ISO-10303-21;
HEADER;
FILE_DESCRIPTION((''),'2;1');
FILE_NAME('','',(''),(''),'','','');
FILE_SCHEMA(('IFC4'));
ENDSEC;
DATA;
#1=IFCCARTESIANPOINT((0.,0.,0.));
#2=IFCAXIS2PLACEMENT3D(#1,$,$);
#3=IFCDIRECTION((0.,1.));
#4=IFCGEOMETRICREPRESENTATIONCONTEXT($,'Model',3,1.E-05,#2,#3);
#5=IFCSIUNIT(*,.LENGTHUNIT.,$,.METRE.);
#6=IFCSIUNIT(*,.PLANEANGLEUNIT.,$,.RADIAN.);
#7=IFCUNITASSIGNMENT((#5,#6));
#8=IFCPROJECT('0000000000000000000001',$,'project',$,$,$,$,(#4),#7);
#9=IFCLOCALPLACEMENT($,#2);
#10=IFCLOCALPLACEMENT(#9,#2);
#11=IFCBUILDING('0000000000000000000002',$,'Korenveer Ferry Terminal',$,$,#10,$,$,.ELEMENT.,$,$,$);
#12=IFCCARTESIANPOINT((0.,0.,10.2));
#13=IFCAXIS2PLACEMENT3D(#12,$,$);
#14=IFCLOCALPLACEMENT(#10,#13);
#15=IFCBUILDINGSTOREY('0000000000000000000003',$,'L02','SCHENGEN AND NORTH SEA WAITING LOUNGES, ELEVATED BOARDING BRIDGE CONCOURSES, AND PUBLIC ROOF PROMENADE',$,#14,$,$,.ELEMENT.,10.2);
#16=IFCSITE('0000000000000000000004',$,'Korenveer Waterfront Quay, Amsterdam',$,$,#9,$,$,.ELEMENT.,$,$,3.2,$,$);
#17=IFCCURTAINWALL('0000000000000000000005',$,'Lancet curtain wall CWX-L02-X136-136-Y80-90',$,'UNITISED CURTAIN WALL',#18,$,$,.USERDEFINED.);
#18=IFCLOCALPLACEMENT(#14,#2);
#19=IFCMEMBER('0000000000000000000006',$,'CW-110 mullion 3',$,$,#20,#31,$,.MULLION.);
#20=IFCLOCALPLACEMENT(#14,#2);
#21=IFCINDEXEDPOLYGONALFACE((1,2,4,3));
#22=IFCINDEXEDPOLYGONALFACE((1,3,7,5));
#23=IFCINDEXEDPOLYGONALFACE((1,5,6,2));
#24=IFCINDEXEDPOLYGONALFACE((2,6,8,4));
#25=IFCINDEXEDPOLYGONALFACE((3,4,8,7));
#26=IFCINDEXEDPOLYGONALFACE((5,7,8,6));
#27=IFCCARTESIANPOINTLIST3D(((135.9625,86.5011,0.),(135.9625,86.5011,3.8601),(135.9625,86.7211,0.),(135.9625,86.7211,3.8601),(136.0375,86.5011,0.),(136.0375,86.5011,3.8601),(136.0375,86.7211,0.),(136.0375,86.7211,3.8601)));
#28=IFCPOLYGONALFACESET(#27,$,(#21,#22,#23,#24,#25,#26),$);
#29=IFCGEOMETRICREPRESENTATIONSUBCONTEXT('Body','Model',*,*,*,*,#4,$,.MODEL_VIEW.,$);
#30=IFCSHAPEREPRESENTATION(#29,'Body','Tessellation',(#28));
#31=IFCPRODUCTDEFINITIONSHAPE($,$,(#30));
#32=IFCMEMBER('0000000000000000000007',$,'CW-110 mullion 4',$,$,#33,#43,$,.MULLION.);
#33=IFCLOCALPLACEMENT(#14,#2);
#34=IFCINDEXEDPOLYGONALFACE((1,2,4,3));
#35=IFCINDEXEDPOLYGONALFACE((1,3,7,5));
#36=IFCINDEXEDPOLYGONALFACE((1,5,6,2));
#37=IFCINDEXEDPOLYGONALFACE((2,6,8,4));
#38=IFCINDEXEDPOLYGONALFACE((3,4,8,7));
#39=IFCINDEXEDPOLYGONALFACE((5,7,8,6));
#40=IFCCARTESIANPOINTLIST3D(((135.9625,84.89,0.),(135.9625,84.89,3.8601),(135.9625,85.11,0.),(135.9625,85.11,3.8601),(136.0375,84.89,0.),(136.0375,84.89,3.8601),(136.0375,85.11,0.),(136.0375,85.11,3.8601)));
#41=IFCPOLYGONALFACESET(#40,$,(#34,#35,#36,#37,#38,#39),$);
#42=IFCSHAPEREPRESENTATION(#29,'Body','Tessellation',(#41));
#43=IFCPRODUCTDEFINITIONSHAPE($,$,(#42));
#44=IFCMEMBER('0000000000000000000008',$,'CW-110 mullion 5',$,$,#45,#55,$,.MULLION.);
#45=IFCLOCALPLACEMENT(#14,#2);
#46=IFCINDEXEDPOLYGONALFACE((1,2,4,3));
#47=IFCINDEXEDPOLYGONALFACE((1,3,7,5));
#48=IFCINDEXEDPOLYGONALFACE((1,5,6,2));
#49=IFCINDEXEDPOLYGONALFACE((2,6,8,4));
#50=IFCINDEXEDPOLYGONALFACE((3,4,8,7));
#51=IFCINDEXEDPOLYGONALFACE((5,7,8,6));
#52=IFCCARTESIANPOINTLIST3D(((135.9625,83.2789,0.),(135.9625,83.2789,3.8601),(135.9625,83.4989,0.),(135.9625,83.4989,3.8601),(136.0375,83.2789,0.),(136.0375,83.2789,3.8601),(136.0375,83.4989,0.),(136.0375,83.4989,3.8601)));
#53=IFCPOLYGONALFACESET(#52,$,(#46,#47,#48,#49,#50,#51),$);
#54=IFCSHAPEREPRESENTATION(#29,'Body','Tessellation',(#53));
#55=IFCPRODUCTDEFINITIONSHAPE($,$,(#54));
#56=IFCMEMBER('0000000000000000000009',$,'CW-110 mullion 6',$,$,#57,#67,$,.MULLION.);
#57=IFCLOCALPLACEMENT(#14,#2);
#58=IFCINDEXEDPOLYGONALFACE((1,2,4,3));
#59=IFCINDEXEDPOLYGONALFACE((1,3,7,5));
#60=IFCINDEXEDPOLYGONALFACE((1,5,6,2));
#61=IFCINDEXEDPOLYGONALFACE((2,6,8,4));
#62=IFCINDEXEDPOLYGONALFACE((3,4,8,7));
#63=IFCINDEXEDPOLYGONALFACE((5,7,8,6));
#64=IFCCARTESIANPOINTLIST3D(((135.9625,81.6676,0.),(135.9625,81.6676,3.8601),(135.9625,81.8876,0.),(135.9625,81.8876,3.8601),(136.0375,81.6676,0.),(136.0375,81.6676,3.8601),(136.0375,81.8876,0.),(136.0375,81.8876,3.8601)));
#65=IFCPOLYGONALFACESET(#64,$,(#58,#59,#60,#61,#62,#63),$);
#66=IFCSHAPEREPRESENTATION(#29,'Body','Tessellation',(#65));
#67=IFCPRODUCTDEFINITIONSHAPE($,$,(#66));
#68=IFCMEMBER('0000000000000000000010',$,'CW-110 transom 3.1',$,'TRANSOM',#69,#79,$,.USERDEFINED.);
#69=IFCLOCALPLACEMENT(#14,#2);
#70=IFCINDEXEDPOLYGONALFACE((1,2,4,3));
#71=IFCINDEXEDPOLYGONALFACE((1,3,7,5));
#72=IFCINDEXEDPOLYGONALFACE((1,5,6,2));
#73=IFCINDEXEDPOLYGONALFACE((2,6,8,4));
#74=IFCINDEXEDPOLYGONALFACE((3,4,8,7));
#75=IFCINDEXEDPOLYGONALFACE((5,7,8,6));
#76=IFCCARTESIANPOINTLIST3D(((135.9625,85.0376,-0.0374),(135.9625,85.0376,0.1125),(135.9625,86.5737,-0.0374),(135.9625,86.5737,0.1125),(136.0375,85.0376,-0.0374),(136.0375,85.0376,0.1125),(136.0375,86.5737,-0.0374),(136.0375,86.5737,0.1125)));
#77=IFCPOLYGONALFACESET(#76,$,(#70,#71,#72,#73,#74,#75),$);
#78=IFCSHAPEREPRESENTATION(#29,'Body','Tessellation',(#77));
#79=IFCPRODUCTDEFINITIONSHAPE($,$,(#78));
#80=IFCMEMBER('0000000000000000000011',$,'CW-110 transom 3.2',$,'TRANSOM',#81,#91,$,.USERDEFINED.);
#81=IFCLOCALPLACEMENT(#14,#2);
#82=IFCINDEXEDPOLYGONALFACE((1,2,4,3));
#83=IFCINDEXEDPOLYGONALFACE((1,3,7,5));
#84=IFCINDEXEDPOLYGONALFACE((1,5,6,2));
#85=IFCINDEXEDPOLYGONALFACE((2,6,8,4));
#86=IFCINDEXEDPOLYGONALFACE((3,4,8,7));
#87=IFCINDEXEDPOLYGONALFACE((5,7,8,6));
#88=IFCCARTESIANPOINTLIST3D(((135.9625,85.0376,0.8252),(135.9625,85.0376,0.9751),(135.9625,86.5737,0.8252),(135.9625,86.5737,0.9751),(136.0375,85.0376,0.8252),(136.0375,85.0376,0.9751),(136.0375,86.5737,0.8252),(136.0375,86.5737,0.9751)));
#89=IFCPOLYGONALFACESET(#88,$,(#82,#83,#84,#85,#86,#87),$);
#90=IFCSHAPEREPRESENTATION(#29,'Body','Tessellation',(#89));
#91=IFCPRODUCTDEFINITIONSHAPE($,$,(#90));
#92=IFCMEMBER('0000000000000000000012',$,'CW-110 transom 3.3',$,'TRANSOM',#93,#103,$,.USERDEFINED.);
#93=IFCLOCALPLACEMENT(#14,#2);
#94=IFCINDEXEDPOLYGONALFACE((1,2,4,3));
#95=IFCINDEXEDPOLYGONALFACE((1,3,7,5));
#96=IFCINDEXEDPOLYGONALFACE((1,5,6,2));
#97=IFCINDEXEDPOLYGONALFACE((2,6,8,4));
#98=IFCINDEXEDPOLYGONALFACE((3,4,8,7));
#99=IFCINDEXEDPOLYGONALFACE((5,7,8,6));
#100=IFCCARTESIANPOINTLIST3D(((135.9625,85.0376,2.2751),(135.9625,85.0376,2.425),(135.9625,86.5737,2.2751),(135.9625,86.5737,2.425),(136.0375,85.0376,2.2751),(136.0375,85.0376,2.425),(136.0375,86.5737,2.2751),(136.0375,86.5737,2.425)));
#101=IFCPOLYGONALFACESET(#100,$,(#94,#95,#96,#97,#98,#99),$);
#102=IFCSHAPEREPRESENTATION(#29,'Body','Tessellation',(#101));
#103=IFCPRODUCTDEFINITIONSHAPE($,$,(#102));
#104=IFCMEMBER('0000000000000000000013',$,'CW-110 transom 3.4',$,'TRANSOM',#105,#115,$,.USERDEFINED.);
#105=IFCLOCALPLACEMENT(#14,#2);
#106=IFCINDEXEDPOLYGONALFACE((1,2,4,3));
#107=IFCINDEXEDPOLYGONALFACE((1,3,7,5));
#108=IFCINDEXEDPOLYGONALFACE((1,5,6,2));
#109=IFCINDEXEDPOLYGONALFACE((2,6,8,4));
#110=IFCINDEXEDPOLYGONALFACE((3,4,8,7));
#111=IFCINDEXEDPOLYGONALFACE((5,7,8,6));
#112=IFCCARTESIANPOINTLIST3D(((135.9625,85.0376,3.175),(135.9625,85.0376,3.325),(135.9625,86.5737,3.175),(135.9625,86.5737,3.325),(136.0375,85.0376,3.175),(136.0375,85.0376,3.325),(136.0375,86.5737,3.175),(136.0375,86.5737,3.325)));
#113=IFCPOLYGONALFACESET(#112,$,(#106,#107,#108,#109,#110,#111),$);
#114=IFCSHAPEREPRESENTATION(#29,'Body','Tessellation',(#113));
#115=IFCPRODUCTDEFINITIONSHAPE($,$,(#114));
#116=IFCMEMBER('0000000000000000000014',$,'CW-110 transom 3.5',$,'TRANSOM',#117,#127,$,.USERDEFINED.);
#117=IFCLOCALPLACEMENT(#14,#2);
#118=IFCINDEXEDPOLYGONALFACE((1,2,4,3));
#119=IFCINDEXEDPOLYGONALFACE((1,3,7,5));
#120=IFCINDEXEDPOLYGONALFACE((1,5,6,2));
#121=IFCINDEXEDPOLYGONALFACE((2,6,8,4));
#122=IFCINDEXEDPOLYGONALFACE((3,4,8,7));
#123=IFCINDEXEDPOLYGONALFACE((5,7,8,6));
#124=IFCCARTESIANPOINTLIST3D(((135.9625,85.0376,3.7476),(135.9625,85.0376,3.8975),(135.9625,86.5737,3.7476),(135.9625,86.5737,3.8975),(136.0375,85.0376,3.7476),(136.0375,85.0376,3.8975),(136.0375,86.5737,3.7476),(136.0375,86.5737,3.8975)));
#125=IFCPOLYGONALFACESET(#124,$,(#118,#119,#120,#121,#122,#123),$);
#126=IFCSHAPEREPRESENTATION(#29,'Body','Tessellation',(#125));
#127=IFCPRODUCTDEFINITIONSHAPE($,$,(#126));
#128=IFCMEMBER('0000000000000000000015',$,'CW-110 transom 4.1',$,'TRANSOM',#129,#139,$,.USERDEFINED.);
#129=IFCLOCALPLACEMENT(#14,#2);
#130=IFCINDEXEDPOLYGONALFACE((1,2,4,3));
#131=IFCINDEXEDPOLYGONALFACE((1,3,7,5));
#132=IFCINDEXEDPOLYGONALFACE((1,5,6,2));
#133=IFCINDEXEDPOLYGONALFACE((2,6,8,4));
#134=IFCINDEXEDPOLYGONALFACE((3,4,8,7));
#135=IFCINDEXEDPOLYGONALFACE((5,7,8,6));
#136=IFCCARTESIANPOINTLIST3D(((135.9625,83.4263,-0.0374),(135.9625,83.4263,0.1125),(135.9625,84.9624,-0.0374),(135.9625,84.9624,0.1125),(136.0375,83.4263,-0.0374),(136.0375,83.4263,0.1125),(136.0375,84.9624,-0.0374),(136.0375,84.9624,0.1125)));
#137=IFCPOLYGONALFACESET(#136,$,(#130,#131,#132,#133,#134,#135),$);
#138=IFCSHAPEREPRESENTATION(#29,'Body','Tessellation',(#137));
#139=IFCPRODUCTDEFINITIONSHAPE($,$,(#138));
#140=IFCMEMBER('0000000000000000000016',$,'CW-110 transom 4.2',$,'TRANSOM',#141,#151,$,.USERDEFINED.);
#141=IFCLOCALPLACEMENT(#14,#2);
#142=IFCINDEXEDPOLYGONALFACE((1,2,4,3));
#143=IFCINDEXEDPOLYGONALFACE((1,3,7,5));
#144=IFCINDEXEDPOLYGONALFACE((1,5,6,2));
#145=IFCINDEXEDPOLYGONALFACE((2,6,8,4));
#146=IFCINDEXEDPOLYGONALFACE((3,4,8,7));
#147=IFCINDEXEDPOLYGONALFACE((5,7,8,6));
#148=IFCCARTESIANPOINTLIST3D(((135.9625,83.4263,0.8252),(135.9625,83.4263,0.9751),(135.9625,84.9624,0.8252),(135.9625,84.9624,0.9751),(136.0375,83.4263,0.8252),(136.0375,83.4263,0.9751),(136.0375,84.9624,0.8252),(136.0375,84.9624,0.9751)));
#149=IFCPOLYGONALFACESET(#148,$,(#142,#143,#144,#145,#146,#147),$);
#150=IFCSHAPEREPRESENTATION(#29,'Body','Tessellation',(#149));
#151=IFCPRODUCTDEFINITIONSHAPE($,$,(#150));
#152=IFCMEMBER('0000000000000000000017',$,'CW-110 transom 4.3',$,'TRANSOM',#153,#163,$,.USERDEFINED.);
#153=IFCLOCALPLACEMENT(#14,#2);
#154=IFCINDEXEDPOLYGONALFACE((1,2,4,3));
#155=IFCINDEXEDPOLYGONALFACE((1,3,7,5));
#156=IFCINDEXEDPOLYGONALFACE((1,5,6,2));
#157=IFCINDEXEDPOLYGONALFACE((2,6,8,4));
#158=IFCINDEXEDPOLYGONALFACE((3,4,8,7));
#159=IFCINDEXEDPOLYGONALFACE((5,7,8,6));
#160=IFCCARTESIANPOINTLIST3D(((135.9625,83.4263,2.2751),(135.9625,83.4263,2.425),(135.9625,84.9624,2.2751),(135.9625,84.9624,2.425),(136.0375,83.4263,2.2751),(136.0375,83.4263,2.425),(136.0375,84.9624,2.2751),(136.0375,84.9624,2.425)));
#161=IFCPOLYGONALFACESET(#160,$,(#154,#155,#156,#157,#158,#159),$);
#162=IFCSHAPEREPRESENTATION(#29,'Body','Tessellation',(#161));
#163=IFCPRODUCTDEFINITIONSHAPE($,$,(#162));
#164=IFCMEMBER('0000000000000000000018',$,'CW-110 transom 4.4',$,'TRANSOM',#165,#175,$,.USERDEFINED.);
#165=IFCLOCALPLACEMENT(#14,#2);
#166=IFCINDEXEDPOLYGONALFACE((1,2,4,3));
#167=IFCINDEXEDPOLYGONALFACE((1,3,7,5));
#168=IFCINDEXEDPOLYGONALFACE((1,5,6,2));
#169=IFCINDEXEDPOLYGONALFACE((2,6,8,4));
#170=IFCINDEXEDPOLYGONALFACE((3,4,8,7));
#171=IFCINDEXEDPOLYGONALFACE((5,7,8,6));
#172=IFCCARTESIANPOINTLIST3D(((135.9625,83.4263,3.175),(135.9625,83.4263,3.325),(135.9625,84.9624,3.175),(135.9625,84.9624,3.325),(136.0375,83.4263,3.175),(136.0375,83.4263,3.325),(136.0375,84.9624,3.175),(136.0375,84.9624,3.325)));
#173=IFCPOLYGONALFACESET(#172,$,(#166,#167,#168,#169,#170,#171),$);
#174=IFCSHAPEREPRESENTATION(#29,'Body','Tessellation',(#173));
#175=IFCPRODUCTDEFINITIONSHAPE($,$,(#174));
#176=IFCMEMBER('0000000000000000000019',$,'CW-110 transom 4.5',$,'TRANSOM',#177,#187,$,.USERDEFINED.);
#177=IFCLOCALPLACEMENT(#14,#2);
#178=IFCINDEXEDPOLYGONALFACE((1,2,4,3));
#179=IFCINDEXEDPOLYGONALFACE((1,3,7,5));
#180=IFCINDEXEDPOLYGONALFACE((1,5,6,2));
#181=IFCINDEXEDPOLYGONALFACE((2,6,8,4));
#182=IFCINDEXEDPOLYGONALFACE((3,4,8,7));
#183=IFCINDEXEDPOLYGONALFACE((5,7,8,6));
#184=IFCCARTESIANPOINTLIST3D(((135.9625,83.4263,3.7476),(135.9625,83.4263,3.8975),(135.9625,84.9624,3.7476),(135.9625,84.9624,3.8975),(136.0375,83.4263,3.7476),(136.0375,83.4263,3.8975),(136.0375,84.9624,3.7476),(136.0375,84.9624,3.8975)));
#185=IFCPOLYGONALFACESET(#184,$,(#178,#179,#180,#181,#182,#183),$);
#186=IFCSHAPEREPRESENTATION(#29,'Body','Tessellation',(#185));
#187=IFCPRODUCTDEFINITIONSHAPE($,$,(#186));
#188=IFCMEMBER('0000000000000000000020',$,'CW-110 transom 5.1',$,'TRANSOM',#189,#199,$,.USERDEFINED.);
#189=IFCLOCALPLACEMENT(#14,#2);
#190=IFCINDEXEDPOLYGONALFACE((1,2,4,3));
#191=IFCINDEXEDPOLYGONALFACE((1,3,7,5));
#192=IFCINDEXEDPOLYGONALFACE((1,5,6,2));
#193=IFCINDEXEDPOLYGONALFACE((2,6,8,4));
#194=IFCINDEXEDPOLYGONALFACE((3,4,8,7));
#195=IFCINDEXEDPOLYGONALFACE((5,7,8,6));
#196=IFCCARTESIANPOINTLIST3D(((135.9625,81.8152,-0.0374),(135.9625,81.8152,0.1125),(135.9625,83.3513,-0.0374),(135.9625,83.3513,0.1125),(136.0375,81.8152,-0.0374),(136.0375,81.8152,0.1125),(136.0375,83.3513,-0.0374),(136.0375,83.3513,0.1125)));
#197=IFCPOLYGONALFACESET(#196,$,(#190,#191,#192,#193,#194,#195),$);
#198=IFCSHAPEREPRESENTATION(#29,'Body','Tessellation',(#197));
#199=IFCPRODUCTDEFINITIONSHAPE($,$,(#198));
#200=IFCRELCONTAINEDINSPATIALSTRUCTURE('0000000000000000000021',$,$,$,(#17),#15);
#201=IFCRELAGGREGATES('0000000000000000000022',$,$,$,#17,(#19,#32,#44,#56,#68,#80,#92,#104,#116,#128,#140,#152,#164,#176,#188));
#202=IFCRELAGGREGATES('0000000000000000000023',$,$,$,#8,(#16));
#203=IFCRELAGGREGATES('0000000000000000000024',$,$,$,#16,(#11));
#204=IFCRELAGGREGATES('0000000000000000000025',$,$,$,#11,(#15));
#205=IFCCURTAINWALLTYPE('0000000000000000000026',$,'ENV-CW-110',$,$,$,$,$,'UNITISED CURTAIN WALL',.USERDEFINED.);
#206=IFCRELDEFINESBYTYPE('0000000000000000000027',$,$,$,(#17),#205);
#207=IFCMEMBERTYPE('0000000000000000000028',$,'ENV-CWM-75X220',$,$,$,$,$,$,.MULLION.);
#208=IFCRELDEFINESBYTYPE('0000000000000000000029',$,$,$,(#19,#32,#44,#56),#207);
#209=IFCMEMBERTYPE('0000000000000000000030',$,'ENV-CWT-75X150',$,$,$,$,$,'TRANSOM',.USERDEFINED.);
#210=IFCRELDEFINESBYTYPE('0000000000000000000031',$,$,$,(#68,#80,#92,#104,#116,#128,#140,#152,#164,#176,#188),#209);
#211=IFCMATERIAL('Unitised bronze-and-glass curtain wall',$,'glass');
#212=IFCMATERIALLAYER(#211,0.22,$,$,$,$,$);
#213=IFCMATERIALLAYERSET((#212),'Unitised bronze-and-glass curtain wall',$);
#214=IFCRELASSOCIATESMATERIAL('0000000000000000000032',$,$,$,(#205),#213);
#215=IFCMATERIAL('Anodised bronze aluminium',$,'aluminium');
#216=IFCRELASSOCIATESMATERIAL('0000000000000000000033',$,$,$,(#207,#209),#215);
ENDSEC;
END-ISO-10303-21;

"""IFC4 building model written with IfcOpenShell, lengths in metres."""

from ifc_helpers import new_model, si_unit, direction, frame, origin, origin_2d, place, context, subcontext, project, spatial, rectangle, extrude, material, layer, layer_set, material_profile, profile_set, type_object, element, aggregate, save


model = new_model("IFC4")

# Units and contexts
model_context = context("Model", 3, precision=1e-05, world=origin(), true_north=direction((0.0, 1.0)))
body_context = subcontext(model_context, "Body", "Model", "MODEL_VIEW")
ifc_project = project(units=[si_unit("LENGTHUNIT", "METRE"), si_unit("PLANEANGLEUNIT", "RADIAN")], contexts=[model_context])

# Site, building, storey
site_placement = place(None, origin())
site = spatial("IfcSite", under=ifc_project, at=site_placement, Name="Korenveer Waterfront Quay, Amsterdam", CompositionType="ELEMENT", RefElevation=3.2)
building_placement = place(site_placement, origin())
building = spatial("IfcBuilding", under=site, at=building_placement, Name="Korenveer Ferry Terminal", CompositionType="ELEMENT")
storey_placement = place(building_placement, frame((0.0, 0.0, 10.2)))
storey = spatial("IfcBuildingStorey", under=building, at=storey_placement, Name="L02", Description="SCHENGEN AND NORTH SEA WAITING LOUNGES, ELEVATED BOARDING BRIDGE CONCOURSES, AND PUBLIC ROOF PROMENADE", CompositionType="ELEMENT", Elevation=10.2)

# Curtain wall, members
ifc_material_1 = material(Name="Unitised bronze-and-glass curtain wall", Category="glass")
ifc_layer_1 = layer(ifc_material_1, 0.22)
ifc_layer_set_1 = layer_set([ifc_layer_1], Name="Unitised bronze-and-glass curtain wall")
curtain_wall_type = type_object("IfcCurtainWallType", Name="ENV-CW-110", ElementType="UNITISED CURTAIN WALL", PredefinedType="USERDEFINED", material=ifc_layer_set_1)
curtain_wall_placement = place(storey_placement, frame((136.0, 89.8335, 0.0)))
curtain_wall = element("IfcCurtainWall", 1, at=curtain_wall_placement, inside=storey, type_object=curtain_wall_type, Name="Lancet curtain wall CWX-L02-X136-136-Y80-90", ObjectType="UNITISED CURTAIN WALL", PredefinedType="USERDEFINED")
ifc_material_2 = material(Name="Anodised bronze aluminium", Category="aluminium")
ifc_material_profile_1 = material_profile(ifc_material_2, rectangle(XDim=0.075, YDim=0.22, at=origin_2d()), Name="ALU 75x220")
ifc_profile_set_1 = profile_set([ifc_material_profile_1], Name="Anodised bronze aluminium")
member_type_1 = type_object("IfcMemberType", Name="ENV-CWM-75X220", PredefinedType="MULLION", material=ifc_profile_set_1)
member_1_placement = place(storey_placement, frame((136.0, 86.6111, 0.0), z_axis=(0.0, 0.0, 1.0), x_axis=(1.0, 0.0, 0.0)))
member_1 = element("IfcMember", 2, at=member_1_placement, type_object=member_type_1, Name="CW-110 mullion 3", PredefinedType="MULLION", context=body_context, shape_type="SweptSolid", body=[
    extrude(rectangle(XDim=0.075, YDim=0.22, at=origin_2d()), origin(), (0.0, 0.0, 1.0), 3.8601),
])
member_2_placement = place(storey_placement, frame((136.0, 85.0, 0.0), z_axis=(0.0, 0.0, 1.0), x_axis=(1.0, 0.0, 0.0)))
member_2 = element("IfcMember", 3, at=member_2_placement, type_object=member_type_1, Name="CW-110 mullion 4", PredefinedType="MULLION", context=body_context, shape_type="SweptSolid", body=[
    extrude(rectangle(XDim=0.075, YDim=0.22, at=origin_2d()), origin(), (0.0, 0.0, 1.0), 3.8601),
])
member_3_placement = place(storey_placement, frame((136.0, 83.3889, 0.0), z_axis=(0.0, 0.0, 1.0), x_axis=(1.0, 0.0, 0.0)))
member_3 = element("IfcMember", 4, at=member_3_placement, type_object=member_type_1, Name="CW-110 mullion 5", PredefinedType="MULLION", context=body_context, shape_type="SweptSolid", body=[
    extrude(rectangle(XDim=0.075, YDim=0.22, at=origin_2d()), origin(), (0.0, 0.0, 1.0), 3.8601),
])
member_4_placement = place(storey_placement, frame((136.0, 81.7776, 0.0), z_axis=(0.0, 0.0, 1.0), x_axis=(1.0, 0.0, 0.0)))
member_4 = element("IfcMember", 5, at=member_4_placement, type_object=member_type_1, Name="CW-110 mullion 6", PredefinedType="MULLION", context=body_context, shape_type="SweptSolid", body=[
    extrude(rectangle(XDim=0.075, YDim=0.22, at=origin_2d()), origin(), (0.0, 0.0, 1.0), 3.8601),
])
ifc_material_profile_2 = material_profile(ifc_material_2, rectangle(XDim=0.075, YDim=0.1499, at=origin_2d()), Name="ALU 75x150")
ifc_profile_set_2 = profile_set([ifc_material_profile_2], Name="Anodised bronze aluminium")
member_type_2 = type_object("IfcMemberType", Name="ENV-CWT-75X150", ElementType="TRANSOM", PredefinedType="USERDEFINED", material=ifc_profile_set_2)
member_5_placement = place(storey_placement, frame((136.0, 86.5737, 0.0376), z_axis=(0.0, -1.0, 0.0), x_axis=(1.0, 0.0, 0.0)))
member_5 = element("IfcMember", 6, at=member_5_placement, type_object=member_type_2, Name="CW-110 transom 3.1", ObjectType="TRANSOM", PredefinedType="USERDEFINED", context=body_context, shape_type="SweptSolid", body=[
    extrude(rectangle(XDim=0.075, YDim=0.1499, at=origin_2d()), origin(), (0.0, 0.0, 1.0), 1.5361),
])
member_6_placement = place(storey_placement, frame((136.0, 86.5737, 0.9001), z_axis=(0.0, -1.0, 0.0), x_axis=(1.0, 0.0, 0.0)))
member_6 = element("IfcMember", 7, at=member_6_placement, type_object=member_type_2, Name="CW-110 transom 3.2", ObjectType="TRANSOM", PredefinedType="USERDEFINED", context=body_context, shape_type="SweptSolid", body=[
    extrude(rectangle(XDim=0.075, YDim=0.1499, at=origin_2d()), origin(), (0.0, 0.0, 1.0), 1.5361),
])
member_7_placement = place(storey_placement, frame((136.0, 86.5737, 2.3501), z_axis=(0.0, -1.0, 0.0), x_axis=(1.0, 0.0, 0.0)))
member_7 = element("IfcMember", 8, at=member_7_placement, type_object=member_type_2, Name="CW-110 transom 3.3", ObjectType="TRANSOM", PredefinedType="USERDEFINED", context=body_context, shape_type="SweptSolid", body=[
    extrude(rectangle(XDim=0.075, YDim=0.1499, at=origin_2d()), origin(), (0.0, 0.0, 1.0), 1.5361),
])
member_8_placement = place(storey_placement, frame((136.0, 86.5737, 3.25), z_axis=(0.0, -1.0, 0.0), x_axis=(1.0, 0.0, 0.0)))
member_8 = element("IfcMember", 9, at=member_8_placement, type_object=member_type_2, Name="CW-110 transom 3.4", ObjectType="TRANSOM", PredefinedType="USERDEFINED", context=body_context, shape_type="SweptSolid", body=[
    extrude(rectangle(XDim=0.075, YDim=0.1499, at=origin_2d()), origin(), (0.0, 0.0, 1.0), 1.5361),
])
member_9_placement = place(storey_placement, frame((136.0, 86.5737, 3.8225), z_axis=(0.0, -1.0, 0.0), x_axis=(1.0, 0.0, 0.0)))
member_9 = element("IfcMember", 10, at=member_9_placement, type_object=member_type_2, Name="CW-110 transom 3.5", ObjectType="TRANSOM", PredefinedType="USERDEFINED", context=body_context, shape_type="SweptSolid", body=[
    extrude(rectangle(XDim=0.075, YDim=0.1499, at=origin_2d()), origin(), (0.0, 0.0, 1.0), 1.5361),
])
member_10_placement = place(storey_placement, frame((136.0, 84.9624, 0.0376), z_axis=(0.0, -1.0, 0.0), x_axis=(1.0, 0.0, 0.0)))
member_10 = element("IfcMember", 11, at=member_10_placement, type_object=member_type_2, Name="CW-110 transom 4.1", ObjectType="TRANSOM", PredefinedType="USERDEFINED", context=body_context, shape_type="SweptSolid", body=[
    extrude(rectangle(XDim=0.075, YDim=0.1499, at=origin_2d()), origin(), (0.0, 0.0, 1.0), 1.5361),
])
member_11_placement = place(storey_placement, frame((136.0, 84.9624, 0.9001), z_axis=(0.0, -1.0, 0.0), x_axis=(1.0, 0.0, 0.0)))
member_11 = element("IfcMember", 12, at=member_11_placement, type_object=member_type_2, Name="CW-110 transom 4.2", ObjectType="TRANSOM", PredefinedType="USERDEFINED", context=body_context, shape_type="SweptSolid", body=[
    extrude(rectangle(XDim=0.075, YDim=0.1499, at=origin_2d()), origin(), (0.0, 0.0, 1.0), 1.5361),
])
member_12_placement = place(storey_placement, frame((136.0, 84.9624, 2.3501), z_axis=(0.0, -1.0, 0.0), x_axis=(1.0, 0.0, 0.0)))
member_12 = element("IfcMember", 13, at=member_12_placement, type_object=member_type_2, Name="CW-110 transom 4.3", ObjectType="TRANSOM", PredefinedType="USERDEFINED", context=body_context, shape_type="SweptSolid", body=[
    extrude(rectangle(XDim=0.075, YDim=0.1499, at=origin_2d()), origin(), (0.0, 0.0, 1.0), 1.5361),
])
member_13_placement = place(storey_placement, frame((136.0, 84.9624, 3.25), z_axis=(0.0, -1.0, 0.0), x_axis=(1.0, 0.0, 0.0)))
member_13 = element("IfcMember", 14, at=member_13_placement, type_object=member_type_2, Name="CW-110 transom 4.4", ObjectType="TRANSOM", PredefinedType="USERDEFINED", context=body_context, shape_type="SweptSolid", body=[
    extrude(rectangle(XDim=0.075, YDim=0.1499, at=origin_2d()), origin(), (0.0, 0.0, 1.0), 1.5361),
])
member_14_placement = place(storey_placement, frame((136.0, 84.9624, 3.8225), z_axis=(0.0, -1.0, 0.0), x_axis=(1.0, 0.0, 0.0)))
member_14 = element("IfcMember", 15, at=member_14_placement, type_object=member_type_2, Name="CW-110 transom 4.5", ObjectType="TRANSOM", PredefinedType="USERDEFINED", context=body_context, shape_type="SweptSolid", body=[
    extrude(rectangle(XDim=0.075, YDim=0.1499, at=origin_2d()), origin(), (0.0, 0.0, 1.0), 1.5361),
])
member_15_placement = place(storey_placement, frame((136.0, 83.3513, 0.0376), z_axis=(0.0, -1.0, 0.0), x_axis=(1.0, 0.0, 0.0)))
member_15 = element("IfcMember", 16, at=member_15_placement, type_object=member_type_2, Name="CW-110 transom 5.1", ObjectType="TRANSOM", PredefinedType="USERDEFINED", context=body_context, shape_type="SweptSolid", body=[
    extrude(rectangle(XDim=0.075, YDim=0.1499, at=origin_2d()), origin(), (0.0, 0.0, 1.0), 1.5361),
])
aggregate(curtain_wall, [member_1, member_2, member_3, member_4, member_5, member_6, member_7, member_8, member_9, member_10, member_11, member_12, member_13, member_14, member_15])

save(model, "model.ifc")
